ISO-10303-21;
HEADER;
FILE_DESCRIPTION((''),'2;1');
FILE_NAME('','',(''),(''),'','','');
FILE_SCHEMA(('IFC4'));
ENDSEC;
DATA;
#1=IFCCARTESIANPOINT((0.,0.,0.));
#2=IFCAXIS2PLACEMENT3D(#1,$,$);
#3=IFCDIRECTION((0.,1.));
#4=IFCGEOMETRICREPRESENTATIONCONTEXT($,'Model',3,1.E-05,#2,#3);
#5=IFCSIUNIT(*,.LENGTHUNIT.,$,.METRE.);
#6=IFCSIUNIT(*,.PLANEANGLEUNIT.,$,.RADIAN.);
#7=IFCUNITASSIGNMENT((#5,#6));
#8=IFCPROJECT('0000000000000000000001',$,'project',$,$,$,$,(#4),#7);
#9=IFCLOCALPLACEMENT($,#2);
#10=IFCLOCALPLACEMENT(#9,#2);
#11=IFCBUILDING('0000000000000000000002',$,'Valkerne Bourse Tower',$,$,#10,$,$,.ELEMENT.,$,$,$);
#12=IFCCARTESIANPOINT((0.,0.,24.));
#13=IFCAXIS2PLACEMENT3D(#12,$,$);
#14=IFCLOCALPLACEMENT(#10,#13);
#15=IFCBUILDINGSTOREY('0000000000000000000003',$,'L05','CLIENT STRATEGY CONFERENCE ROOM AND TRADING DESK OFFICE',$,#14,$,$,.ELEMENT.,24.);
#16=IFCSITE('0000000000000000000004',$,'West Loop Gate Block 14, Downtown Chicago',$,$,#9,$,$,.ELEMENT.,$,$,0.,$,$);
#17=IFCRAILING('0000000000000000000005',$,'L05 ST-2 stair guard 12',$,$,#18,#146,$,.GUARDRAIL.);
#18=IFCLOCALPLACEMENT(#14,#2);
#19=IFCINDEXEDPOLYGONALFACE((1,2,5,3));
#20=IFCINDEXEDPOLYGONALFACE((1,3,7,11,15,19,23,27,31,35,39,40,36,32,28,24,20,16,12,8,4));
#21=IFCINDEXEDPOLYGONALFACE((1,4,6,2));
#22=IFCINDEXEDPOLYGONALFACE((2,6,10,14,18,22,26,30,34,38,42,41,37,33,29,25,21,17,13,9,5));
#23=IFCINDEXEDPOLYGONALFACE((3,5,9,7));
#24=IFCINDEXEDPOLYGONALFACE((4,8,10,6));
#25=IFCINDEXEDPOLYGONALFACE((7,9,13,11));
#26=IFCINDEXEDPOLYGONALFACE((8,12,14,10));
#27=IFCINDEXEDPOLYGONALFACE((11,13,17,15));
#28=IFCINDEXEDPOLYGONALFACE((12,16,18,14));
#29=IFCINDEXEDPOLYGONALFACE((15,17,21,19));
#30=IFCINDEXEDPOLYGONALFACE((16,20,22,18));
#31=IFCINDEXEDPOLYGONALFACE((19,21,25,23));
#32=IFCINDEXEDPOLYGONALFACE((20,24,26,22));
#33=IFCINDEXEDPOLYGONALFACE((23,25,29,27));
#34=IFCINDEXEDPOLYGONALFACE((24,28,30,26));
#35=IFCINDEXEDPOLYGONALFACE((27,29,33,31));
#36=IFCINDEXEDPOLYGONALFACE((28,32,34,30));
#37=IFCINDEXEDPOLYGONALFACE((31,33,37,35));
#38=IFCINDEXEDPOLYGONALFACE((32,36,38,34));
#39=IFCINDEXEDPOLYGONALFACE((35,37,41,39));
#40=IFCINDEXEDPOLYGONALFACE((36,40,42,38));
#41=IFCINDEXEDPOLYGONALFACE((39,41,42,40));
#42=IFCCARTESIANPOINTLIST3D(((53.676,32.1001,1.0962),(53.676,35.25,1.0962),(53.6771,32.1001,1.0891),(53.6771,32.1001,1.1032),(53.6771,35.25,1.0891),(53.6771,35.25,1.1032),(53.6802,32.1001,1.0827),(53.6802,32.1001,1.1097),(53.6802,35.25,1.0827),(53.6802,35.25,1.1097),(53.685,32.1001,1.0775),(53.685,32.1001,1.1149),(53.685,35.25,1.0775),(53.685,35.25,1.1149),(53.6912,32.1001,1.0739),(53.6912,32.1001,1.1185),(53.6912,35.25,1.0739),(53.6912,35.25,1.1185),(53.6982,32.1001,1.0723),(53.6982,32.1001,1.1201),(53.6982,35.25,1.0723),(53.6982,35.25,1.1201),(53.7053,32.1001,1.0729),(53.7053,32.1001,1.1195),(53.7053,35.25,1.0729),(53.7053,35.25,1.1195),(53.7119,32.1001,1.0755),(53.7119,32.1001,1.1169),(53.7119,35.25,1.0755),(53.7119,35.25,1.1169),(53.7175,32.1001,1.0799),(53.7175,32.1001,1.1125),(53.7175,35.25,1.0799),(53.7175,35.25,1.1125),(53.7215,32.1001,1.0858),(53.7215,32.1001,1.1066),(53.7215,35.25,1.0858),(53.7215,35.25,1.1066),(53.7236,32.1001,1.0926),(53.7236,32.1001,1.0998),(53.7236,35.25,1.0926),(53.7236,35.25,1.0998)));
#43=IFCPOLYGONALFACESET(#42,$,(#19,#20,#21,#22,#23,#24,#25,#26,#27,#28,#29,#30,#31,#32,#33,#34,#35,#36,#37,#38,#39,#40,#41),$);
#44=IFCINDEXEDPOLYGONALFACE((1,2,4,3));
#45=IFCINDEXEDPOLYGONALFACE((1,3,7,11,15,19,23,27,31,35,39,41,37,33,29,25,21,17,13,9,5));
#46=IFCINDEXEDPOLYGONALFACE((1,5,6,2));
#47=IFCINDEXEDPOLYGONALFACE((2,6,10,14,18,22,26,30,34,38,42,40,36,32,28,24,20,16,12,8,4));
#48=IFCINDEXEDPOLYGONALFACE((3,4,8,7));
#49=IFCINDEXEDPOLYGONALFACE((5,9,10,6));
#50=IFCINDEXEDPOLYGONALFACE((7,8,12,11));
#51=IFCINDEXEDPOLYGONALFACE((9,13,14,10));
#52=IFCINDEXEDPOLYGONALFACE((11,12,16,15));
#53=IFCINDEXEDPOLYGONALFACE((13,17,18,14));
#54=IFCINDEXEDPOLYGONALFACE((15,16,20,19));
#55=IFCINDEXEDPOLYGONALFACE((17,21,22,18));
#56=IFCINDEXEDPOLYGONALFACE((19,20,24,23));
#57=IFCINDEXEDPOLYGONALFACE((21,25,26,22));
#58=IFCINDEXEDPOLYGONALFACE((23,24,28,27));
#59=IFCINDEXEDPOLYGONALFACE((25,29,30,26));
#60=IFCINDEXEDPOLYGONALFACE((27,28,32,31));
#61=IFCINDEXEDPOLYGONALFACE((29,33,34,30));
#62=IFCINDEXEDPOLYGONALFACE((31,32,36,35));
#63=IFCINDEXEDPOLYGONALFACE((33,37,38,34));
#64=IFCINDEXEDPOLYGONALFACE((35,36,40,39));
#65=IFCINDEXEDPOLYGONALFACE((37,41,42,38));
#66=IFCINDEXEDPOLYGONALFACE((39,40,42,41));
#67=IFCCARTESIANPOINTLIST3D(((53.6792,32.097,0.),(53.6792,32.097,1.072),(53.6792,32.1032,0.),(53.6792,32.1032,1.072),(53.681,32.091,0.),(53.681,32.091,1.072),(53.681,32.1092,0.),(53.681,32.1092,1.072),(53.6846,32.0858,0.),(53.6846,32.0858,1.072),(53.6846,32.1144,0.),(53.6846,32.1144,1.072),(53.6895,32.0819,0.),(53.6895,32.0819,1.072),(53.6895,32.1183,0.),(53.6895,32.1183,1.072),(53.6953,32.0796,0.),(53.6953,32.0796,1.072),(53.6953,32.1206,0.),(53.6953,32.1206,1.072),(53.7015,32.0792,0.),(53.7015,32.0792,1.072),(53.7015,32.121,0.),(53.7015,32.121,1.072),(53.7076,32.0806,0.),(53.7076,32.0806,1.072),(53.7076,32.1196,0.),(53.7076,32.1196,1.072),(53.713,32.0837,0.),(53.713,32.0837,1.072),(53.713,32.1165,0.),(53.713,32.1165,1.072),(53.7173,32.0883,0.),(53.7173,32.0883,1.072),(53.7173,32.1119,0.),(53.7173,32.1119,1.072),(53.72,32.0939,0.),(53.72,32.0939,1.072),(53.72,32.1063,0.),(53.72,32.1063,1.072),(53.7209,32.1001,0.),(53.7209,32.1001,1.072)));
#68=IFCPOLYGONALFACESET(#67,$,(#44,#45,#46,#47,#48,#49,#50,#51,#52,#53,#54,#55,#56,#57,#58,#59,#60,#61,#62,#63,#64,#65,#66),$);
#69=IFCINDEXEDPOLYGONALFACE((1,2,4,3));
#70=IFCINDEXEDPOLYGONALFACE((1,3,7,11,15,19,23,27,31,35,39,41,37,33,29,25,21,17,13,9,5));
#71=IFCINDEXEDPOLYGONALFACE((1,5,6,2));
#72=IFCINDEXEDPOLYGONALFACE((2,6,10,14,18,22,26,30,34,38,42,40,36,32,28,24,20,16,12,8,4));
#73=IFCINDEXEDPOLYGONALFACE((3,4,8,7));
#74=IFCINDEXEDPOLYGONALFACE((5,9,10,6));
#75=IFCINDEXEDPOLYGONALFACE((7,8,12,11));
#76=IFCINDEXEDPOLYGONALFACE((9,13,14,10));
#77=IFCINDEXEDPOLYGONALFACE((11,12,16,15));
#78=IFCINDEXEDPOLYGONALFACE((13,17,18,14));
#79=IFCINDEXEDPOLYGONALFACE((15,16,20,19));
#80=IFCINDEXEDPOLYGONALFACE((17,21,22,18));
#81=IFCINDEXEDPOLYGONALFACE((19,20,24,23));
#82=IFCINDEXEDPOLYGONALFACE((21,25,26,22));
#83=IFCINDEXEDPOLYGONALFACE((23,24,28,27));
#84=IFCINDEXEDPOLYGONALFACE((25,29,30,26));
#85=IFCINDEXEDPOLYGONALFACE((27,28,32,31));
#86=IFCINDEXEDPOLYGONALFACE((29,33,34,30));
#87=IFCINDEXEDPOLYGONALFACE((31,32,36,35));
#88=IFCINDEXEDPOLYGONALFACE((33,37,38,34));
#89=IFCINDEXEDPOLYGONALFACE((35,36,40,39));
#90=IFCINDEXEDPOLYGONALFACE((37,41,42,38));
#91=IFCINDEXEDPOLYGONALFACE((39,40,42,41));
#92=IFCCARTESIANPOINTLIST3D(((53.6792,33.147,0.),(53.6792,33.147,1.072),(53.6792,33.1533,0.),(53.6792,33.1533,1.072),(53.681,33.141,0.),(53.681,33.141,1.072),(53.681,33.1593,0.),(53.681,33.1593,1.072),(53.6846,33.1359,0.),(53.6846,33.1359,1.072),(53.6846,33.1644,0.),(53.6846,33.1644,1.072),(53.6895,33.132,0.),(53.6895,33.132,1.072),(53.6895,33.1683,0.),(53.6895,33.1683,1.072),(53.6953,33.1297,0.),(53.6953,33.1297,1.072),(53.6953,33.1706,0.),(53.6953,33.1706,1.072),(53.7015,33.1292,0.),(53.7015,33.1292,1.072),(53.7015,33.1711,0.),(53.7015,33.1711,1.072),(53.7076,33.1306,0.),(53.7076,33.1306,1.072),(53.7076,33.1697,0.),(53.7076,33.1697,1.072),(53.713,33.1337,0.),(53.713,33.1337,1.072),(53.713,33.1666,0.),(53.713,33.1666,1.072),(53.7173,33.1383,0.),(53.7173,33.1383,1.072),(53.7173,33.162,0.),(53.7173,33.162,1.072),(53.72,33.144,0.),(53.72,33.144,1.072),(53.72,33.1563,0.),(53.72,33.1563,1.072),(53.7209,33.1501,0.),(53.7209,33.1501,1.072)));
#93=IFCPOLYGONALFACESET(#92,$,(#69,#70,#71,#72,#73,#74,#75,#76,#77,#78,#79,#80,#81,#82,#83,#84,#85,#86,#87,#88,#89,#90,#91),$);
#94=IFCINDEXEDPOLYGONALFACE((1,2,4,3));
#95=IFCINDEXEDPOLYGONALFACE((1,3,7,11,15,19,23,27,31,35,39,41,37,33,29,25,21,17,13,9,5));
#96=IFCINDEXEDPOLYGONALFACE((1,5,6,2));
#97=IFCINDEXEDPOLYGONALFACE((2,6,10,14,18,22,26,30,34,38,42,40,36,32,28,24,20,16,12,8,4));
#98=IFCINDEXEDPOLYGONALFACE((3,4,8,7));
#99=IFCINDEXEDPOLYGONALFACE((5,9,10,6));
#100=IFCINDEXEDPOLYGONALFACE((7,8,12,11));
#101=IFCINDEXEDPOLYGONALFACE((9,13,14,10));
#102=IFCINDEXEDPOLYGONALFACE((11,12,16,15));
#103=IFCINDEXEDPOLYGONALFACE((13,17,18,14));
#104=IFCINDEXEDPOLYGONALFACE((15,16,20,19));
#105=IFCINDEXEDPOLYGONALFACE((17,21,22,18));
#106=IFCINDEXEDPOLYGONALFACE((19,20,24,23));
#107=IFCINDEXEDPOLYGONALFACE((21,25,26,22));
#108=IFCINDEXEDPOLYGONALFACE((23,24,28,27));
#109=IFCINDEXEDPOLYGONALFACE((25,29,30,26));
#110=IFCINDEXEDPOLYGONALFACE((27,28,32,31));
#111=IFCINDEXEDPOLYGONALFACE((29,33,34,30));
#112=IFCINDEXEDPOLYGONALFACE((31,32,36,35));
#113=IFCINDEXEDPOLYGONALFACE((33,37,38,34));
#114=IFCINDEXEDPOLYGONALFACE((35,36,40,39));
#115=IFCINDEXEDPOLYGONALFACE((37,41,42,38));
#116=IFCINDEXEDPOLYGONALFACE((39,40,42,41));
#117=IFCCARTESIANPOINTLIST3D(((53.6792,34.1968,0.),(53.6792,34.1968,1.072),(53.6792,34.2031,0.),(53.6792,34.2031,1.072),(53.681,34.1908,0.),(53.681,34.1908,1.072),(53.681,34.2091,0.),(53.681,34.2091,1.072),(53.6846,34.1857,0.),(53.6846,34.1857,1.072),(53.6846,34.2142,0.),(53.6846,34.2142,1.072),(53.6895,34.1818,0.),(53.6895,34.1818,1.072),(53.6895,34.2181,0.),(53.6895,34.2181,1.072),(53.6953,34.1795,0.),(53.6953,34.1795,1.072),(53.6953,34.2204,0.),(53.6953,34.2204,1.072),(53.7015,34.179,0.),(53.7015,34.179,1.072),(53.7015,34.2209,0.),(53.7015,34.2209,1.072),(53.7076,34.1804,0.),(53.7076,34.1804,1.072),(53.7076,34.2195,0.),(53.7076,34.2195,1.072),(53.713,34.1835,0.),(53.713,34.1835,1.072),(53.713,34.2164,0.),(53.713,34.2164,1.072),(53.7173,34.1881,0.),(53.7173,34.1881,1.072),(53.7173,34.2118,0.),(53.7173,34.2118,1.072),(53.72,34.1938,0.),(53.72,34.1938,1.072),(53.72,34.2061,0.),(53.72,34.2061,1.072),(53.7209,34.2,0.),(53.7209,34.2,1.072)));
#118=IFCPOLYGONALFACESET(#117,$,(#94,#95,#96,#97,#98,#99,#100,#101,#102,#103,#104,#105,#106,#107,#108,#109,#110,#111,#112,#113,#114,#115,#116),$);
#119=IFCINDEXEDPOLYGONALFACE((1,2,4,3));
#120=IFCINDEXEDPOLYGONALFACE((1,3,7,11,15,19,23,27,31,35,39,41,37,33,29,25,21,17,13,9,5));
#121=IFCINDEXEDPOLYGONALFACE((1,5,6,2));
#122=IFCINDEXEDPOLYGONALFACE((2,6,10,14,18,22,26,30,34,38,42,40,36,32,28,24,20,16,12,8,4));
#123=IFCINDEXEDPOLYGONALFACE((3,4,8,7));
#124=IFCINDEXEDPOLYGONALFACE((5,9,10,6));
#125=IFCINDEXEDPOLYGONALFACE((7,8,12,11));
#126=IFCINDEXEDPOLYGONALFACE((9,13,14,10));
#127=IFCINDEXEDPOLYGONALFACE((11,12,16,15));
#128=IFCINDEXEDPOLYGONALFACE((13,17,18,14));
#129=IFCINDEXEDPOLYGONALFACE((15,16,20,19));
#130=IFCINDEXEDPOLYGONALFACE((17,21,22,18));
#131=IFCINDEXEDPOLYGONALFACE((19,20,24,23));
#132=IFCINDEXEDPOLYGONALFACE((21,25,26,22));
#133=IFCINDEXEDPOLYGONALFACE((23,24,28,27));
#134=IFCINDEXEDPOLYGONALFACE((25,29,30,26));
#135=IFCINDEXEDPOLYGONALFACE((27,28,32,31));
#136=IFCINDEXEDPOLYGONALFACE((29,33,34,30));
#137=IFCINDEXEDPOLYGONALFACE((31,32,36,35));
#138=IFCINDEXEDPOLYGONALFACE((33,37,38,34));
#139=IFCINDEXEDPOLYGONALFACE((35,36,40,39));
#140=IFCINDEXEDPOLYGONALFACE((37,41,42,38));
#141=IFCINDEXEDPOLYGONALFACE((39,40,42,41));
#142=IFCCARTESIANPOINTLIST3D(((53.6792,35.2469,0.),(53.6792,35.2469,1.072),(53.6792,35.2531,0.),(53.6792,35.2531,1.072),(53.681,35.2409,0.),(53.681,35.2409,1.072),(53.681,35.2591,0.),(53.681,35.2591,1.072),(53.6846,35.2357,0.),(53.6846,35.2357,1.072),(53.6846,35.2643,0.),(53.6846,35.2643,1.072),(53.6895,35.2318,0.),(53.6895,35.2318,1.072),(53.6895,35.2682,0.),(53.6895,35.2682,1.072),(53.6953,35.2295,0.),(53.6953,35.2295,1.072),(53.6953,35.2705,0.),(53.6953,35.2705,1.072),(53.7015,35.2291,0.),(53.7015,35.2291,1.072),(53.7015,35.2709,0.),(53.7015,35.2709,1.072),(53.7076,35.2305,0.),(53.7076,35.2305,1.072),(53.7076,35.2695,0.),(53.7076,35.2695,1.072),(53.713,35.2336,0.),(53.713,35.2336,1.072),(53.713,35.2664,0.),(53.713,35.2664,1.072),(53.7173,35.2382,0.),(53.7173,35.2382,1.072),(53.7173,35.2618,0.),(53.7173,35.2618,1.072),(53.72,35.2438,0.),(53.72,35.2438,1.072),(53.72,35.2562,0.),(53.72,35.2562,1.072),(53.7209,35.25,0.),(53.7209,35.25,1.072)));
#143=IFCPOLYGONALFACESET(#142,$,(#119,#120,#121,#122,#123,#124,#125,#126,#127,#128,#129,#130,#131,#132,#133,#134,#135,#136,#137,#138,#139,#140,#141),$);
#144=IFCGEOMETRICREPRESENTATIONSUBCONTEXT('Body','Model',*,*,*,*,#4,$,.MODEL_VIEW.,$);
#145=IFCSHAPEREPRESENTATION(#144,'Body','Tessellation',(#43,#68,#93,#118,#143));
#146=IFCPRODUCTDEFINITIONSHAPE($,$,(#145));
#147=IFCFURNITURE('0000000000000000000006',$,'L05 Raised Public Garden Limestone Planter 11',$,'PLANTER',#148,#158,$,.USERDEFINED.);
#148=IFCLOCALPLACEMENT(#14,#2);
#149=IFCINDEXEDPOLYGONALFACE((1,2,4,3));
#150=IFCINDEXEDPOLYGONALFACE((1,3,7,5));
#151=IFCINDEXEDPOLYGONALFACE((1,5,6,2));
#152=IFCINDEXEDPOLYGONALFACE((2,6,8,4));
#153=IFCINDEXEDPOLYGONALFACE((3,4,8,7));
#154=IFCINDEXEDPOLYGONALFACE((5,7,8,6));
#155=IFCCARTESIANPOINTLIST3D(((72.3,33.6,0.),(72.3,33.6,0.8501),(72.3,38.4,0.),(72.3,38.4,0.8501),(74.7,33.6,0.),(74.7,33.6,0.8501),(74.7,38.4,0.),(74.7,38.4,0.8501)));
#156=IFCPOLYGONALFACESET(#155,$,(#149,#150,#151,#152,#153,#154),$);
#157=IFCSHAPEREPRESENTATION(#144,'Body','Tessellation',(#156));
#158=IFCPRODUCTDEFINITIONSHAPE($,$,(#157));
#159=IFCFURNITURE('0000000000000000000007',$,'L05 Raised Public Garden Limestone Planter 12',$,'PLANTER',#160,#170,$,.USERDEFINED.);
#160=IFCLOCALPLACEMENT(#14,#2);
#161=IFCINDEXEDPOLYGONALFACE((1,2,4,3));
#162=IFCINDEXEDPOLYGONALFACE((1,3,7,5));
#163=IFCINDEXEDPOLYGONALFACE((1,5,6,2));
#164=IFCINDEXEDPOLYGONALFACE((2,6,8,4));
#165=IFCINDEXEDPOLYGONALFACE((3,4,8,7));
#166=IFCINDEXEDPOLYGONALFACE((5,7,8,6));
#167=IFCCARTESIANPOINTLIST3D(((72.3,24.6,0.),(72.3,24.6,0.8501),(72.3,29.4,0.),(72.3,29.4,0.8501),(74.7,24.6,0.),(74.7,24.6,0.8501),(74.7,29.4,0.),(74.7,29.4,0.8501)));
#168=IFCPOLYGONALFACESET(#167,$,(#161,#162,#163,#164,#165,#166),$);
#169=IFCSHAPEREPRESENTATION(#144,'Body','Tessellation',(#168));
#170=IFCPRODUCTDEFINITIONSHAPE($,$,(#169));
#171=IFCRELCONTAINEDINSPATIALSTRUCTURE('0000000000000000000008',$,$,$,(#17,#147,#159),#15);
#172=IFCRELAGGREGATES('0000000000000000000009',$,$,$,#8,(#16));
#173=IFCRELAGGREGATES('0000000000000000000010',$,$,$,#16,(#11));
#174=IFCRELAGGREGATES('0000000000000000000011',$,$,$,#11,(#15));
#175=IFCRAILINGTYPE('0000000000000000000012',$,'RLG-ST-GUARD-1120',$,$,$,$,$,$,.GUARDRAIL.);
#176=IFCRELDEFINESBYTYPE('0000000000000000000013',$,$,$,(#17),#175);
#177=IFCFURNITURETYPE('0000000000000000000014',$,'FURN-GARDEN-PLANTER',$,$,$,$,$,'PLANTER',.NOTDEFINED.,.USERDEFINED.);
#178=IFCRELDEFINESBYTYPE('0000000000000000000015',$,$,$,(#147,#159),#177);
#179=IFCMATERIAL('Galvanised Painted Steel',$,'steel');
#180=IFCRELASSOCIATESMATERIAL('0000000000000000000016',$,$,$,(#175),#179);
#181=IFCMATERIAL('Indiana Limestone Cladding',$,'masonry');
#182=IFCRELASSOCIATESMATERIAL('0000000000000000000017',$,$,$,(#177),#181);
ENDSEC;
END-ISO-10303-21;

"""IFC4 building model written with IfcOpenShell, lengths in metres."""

from ifc_helpers import new_model, si_unit, direction, frame, origin, origin_2d, place, context, subcontext, project, spatial, rectangle, circle, extrude, material, type_object, element, save


model = new_model("IFC4")

# Units and contexts
model_context = context("Model", 3, precision=1e-05, world=origin(), true_north=direction((0.0, 1.0)))
body_context = subcontext(model_context, "Body", "Model", "MODEL_VIEW")
ifc_project = project(units=[si_unit("LENGTHUNIT", "METRE"), si_unit("PLANEANGLEUNIT", "RADIAN")], contexts=[model_context])

# Site, building, storey
site_placement = place(None, origin())
site = spatial("IfcSite", under=ifc_project, at=site_placement, Name="West Loop Gate Block 14, Downtown Chicago", CompositionType="ELEMENT", RefElevation=0.0)
building_placement = place(site_placement, origin())
building = spatial("IfcBuilding", under=site, at=building_placement, Name="Valkerne Bourse Tower", CompositionType="ELEMENT")
storey_placement = place(building_placement, frame((0.0, 0.0, 24.0)))
storey = spatial("IfcBuildingStorey", under=building, at=storey_placement, Name="L05", Description="CLIENT STRATEGY CONFERENCE ROOM AND TRADING DESK OFFICE", CompositionType="ELEMENT", Elevation=24.0)

# Railing
ifc_material_1 = material(Name="Galvanised Painted Steel", Category="steel")
railing_type = type_object("IfcRailingType", Name="RLG-ST-GUARD-1120", PredefinedType="GUARDRAIL", material=ifc_material_1)
railing_1_placement = place(storey_placement, frame((53.7, 32.1001, 0.0)))
element("IfcRailing", 1, at=railing_1_placement, inside=storey, type_object=railing_type, Name="L05 ST-2 stair guard 12", PredefinedType="GUARDRAIL", context=body_context, shape_type="SweptSolid", body=[
    extrude(circle(Radius=0.0239, at=origin_2d()), frame((0.0, 0.0, 1.0962), z_axis=(0.0, 1.0, 0.0), x_axis=(-1.0, 0.0, 0.0)), (0.0, 0.0, 1.0), 3.1499),
    extrude(circle(Radius=0.021, at=origin_2d()), origin(), (0.0, 0.0, 1.0), 1.072),
    extrude(circle(Radius=0.021, at=origin_2d()), frame((0.0, 1.05, 0.0)), (0.0, 0.0, 1.0), 1.072),
    extrude(circle(Radius=0.021, at=origin_2d()), frame((0.0, 2.0999, 0.0)), (0.0, 0.0, 1.0), 1.072),
    extrude(circle(Radius=0.021, at=origin_2d()), frame((0.0, 3.1499, 0.0)), (0.0, 0.0, 1.0), 1.072),
])

# Furniture
ifc_material_2 = material(Name="Indiana Limestone Cladding", Category="masonry")
furniture_type = type_object("IfcFurnitureType", Name="FURN-GARDEN-PLANTER", ElementType="PLANTER", AssemblyPlace="NOTDEFINED", PredefinedType="USERDEFINED", material=ifc_material_2)
for number, where, z_axis, x_axis, name in (
    (2, (73.5, 36.0, 0.0), (0.0, 0.0, 1.0), (0.0, 1.0, 0.0), "L05 Raised Public Garden Limestone Planter 11"),
    (3, (73.5, 27.0, 0.0), (0.0, 0.0, 1.0), (0.0, 1.0, 0.0), "L05 Raised Public Garden Limestone Planter 12"),
):
    element("IfcFurniture", number, at=place(storey_placement, frame(where, z_axis=z_axis, x_axis=x_axis)), inside=storey, type_object=furniture_type, Name=name, ObjectType="PLANTER", PredefinedType="USERDEFINED", context=body_context, shape_type="SweptSolid", body=[
        extrude(rectangle(XDim=4.8, YDim=2.3999, at=origin_2d()), origin(), (0.0, 0.0, 1.0), 0.8501),
    ])

save(model, "model.ifc")
